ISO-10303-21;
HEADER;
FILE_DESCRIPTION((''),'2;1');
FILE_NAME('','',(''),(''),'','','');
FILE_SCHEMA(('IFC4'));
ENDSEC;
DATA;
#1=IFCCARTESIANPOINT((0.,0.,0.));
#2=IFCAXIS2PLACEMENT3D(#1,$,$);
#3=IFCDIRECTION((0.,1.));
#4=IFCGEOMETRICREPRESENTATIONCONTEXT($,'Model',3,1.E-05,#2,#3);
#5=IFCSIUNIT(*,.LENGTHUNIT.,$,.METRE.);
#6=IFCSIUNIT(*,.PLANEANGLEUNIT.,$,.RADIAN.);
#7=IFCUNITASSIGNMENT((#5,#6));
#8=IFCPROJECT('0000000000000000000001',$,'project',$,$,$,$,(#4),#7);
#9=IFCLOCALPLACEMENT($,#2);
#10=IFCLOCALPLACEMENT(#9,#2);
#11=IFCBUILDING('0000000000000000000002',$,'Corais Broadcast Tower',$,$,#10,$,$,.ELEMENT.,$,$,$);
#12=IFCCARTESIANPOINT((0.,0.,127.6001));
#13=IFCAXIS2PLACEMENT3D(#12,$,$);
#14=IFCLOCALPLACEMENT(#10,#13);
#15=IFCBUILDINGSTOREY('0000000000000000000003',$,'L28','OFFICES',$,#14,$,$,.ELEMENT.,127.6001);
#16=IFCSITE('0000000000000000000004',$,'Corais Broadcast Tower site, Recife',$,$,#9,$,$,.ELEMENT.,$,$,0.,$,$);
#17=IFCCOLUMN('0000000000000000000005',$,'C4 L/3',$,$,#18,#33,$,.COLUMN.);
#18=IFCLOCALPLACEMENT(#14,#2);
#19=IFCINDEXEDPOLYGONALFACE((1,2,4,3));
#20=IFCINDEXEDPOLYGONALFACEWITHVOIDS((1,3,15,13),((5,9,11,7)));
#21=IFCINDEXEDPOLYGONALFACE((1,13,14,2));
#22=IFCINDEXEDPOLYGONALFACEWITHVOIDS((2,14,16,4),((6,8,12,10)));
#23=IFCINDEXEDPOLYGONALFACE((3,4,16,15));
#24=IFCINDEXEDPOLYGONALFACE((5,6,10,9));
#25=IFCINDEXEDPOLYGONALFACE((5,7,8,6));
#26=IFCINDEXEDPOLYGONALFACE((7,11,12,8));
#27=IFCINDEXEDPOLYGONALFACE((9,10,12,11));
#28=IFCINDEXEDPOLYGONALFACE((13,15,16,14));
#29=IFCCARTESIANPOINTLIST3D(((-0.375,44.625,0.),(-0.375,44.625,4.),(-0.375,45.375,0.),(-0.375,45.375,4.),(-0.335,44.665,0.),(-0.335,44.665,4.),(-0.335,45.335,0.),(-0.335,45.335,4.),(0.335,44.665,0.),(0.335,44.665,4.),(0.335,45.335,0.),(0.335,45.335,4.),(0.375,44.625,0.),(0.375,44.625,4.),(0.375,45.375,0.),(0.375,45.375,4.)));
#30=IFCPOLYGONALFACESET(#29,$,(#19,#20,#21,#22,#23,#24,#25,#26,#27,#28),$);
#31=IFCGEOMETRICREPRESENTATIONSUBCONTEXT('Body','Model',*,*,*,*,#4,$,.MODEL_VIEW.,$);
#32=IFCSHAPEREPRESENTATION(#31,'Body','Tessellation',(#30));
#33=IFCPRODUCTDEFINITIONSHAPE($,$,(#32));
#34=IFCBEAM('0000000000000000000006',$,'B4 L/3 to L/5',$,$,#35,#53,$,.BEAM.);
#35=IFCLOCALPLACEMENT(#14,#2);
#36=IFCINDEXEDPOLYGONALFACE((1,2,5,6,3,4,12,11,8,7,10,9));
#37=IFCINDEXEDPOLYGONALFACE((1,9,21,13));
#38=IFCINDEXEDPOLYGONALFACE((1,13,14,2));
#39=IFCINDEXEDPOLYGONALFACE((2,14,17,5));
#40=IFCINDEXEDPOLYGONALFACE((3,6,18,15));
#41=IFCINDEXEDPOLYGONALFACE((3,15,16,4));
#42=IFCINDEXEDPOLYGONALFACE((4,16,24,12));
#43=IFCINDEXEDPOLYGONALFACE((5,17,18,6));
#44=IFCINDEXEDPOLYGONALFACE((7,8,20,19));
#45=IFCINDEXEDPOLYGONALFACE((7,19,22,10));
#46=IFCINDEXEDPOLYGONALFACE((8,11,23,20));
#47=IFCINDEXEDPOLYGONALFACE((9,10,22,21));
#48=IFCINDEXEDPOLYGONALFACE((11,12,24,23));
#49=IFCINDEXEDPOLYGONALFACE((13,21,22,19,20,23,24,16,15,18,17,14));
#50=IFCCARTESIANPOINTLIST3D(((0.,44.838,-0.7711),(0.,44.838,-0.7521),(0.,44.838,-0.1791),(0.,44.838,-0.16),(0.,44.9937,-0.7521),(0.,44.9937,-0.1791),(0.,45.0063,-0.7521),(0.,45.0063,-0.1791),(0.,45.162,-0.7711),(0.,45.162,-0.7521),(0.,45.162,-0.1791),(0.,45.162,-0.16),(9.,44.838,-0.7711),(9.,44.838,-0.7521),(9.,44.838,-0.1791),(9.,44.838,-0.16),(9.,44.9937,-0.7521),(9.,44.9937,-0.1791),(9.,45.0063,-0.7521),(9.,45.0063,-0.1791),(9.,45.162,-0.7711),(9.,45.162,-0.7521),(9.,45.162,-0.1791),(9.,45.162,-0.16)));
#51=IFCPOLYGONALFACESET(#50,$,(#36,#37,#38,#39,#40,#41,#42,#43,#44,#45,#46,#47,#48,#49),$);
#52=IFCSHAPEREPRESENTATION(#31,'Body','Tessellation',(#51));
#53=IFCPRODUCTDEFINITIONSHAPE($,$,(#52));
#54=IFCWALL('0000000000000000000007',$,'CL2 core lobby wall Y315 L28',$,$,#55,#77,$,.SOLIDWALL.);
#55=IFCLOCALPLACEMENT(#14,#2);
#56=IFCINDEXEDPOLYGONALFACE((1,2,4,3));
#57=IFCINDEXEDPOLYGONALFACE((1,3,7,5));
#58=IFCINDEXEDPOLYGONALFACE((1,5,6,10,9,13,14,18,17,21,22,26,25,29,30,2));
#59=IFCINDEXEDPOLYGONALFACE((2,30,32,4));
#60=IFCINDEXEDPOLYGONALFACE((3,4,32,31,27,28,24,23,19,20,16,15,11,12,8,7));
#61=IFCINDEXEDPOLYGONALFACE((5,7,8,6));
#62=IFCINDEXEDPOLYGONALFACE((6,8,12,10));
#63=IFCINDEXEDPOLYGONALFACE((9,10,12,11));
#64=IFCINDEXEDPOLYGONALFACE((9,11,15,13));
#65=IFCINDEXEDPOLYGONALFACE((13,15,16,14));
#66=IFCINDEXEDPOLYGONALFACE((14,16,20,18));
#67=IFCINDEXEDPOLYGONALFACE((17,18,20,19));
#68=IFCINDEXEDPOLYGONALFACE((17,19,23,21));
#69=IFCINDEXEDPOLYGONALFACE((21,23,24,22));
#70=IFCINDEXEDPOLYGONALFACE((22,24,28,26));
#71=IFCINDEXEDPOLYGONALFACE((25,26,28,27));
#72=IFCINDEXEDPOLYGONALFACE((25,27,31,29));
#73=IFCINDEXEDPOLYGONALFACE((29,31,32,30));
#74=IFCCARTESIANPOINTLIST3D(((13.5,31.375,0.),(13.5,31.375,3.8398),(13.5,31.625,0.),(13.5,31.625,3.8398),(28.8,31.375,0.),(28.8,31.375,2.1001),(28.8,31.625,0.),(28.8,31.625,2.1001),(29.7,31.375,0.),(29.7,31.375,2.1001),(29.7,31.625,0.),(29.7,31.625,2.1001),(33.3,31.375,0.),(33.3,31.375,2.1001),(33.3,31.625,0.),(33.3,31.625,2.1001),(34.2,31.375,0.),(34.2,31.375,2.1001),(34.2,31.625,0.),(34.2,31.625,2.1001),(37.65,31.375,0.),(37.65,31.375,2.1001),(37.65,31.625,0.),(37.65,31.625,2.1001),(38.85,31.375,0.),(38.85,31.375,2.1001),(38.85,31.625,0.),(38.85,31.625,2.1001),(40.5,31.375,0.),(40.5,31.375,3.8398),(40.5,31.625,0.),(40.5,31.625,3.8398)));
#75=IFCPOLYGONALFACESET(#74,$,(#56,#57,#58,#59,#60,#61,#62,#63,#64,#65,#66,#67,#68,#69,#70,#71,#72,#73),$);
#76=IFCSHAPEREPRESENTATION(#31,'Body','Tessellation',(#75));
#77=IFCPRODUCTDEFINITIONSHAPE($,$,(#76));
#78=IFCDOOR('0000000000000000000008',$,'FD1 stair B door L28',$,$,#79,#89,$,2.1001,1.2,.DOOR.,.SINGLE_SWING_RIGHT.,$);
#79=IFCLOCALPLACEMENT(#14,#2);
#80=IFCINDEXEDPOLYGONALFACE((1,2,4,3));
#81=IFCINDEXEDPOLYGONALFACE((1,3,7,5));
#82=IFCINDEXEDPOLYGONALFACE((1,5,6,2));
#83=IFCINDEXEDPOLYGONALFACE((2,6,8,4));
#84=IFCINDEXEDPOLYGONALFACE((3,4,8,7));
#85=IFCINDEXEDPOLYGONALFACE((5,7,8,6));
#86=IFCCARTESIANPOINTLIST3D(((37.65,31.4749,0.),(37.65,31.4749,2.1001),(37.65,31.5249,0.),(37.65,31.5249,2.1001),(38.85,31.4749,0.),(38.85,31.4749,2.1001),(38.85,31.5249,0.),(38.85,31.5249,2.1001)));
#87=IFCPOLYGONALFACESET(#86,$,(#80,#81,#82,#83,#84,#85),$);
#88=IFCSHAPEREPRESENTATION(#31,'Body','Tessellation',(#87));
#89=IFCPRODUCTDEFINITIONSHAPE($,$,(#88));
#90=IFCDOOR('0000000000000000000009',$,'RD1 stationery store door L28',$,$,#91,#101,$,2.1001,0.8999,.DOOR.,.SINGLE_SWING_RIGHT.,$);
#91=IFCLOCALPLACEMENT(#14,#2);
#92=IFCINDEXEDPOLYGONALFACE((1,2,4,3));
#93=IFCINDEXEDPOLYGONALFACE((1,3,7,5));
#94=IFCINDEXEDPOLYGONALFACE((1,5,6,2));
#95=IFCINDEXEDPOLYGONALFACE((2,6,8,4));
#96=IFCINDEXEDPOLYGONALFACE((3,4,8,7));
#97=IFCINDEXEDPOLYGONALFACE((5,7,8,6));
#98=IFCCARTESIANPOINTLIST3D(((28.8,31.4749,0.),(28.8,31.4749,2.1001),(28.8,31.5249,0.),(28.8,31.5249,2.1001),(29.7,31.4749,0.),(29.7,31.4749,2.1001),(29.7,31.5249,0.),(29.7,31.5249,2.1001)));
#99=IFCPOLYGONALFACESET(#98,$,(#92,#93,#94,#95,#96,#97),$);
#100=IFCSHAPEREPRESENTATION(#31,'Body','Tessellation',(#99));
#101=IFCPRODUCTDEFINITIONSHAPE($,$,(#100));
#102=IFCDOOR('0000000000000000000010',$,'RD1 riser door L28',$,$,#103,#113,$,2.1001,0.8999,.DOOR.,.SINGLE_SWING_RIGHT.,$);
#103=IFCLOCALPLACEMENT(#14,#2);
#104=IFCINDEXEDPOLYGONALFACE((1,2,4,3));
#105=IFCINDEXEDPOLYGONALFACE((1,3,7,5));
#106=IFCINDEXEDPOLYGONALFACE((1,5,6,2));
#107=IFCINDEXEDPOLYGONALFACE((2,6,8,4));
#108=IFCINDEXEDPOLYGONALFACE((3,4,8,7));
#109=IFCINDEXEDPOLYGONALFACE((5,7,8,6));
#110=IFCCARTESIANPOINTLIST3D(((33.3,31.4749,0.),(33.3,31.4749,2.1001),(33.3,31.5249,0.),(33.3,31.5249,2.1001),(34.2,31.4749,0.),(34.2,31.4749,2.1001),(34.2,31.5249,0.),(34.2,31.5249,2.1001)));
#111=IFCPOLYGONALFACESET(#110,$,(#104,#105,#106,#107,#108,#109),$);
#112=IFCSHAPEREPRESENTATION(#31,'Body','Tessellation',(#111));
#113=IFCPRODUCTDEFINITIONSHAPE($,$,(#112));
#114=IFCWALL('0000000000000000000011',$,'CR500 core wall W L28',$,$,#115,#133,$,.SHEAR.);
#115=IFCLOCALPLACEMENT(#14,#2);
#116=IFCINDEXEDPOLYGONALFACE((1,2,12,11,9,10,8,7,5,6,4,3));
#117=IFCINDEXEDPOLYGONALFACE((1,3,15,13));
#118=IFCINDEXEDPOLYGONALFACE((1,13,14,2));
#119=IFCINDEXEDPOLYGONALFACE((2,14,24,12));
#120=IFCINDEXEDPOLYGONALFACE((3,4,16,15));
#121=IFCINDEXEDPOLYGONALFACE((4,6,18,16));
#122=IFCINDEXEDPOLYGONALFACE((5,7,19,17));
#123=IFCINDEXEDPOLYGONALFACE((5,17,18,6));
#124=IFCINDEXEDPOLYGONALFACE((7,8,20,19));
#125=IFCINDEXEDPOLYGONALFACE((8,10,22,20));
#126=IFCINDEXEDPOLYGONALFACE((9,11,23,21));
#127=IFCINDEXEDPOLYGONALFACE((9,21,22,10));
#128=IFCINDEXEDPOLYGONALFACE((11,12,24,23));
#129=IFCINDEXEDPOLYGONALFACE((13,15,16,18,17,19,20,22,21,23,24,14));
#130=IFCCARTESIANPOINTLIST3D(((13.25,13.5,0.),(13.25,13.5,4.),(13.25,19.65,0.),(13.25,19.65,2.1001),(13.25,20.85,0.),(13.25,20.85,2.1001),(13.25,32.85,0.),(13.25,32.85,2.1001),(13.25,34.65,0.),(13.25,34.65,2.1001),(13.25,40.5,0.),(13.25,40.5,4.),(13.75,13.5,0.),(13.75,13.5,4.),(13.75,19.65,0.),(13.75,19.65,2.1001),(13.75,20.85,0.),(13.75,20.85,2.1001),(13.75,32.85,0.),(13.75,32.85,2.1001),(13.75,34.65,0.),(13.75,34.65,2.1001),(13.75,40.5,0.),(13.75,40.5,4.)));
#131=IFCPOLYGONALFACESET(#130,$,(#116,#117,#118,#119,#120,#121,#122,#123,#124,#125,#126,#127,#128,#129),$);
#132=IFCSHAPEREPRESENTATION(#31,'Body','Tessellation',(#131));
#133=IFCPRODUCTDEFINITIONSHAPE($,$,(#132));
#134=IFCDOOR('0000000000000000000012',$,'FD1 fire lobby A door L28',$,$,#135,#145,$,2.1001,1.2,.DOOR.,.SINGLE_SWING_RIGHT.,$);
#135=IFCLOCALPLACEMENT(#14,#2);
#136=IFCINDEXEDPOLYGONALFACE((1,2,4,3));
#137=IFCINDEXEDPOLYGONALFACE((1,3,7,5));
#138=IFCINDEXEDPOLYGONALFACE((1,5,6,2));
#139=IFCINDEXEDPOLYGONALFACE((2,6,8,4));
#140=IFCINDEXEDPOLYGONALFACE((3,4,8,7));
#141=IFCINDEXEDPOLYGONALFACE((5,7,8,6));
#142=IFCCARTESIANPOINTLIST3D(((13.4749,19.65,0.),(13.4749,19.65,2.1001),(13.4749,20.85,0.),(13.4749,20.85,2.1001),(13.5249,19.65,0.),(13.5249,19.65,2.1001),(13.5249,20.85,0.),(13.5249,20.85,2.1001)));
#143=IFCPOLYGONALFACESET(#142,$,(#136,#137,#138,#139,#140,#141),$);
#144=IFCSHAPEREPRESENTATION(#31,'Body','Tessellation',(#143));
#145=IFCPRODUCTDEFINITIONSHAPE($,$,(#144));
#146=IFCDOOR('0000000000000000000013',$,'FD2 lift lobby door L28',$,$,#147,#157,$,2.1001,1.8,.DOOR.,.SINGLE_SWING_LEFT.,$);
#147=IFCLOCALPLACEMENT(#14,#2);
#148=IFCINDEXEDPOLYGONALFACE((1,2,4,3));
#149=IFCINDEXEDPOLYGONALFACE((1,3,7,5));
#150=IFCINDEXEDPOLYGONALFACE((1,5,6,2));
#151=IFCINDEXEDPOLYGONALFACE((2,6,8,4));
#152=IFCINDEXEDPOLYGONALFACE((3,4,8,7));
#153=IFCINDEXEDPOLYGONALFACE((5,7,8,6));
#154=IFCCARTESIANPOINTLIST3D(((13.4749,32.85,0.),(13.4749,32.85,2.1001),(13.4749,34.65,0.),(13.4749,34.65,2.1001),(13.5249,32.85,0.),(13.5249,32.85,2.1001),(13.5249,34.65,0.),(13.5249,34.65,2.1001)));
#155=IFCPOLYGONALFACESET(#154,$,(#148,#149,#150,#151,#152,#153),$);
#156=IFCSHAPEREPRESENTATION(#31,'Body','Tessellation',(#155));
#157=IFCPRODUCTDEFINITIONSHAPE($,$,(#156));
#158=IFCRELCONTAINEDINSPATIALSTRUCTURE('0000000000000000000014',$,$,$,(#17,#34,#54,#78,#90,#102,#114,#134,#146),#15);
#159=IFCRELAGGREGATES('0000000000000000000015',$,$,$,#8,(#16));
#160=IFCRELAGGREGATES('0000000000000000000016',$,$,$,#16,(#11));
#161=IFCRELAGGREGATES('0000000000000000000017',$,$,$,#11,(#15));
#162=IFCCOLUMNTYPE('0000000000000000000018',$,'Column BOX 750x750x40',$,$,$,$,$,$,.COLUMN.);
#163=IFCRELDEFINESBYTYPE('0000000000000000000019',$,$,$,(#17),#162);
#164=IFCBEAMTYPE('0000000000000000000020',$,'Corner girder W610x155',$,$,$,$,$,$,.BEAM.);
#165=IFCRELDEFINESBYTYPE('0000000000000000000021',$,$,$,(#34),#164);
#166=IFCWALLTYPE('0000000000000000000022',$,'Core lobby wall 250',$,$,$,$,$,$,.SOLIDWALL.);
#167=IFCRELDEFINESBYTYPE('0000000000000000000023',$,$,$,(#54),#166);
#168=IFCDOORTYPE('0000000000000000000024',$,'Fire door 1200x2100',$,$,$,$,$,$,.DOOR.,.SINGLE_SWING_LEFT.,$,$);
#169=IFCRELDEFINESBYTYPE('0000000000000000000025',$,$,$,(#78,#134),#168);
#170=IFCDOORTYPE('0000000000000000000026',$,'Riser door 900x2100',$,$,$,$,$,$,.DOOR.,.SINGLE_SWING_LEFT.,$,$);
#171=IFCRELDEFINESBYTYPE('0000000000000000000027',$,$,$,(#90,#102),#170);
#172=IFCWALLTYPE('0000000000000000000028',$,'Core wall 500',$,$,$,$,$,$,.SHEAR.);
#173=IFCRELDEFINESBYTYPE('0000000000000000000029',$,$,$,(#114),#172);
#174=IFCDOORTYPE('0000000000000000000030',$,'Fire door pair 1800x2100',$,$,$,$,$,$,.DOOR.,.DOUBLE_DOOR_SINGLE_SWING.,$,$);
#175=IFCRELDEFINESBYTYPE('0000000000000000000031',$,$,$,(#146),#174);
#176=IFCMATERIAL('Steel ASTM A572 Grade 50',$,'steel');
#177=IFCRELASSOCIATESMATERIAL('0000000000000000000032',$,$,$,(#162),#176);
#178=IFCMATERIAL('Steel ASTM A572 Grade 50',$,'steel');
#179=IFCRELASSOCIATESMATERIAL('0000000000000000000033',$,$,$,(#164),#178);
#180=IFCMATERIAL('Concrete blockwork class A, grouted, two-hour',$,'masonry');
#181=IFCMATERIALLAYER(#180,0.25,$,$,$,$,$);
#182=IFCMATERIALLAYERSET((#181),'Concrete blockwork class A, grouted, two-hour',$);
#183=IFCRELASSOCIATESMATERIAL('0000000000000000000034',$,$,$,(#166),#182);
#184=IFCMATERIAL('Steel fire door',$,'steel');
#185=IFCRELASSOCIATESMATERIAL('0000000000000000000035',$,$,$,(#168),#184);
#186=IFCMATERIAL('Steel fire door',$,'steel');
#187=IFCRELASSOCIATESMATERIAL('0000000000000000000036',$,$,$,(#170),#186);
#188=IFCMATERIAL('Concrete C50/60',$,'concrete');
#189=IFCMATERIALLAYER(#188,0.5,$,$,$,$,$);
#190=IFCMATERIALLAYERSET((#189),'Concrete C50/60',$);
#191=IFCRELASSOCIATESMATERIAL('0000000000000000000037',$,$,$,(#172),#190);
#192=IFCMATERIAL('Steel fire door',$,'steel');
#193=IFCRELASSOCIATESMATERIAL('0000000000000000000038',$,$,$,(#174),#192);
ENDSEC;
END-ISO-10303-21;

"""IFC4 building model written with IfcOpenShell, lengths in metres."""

from ifc_helpers import new_model, si_unit, direction, frame, frame_2d, origin, origin_2d, place, context, subcontext, project, spatial, rectangle, hollow_rectangle, i_section, extrude, material, layer, layer_set, material_profile, profile_set, type_object, element, fill, save


model = new_model("IFC4")

# Units and contexts
model_context = context("Model", 3, precision=1e-05, world=origin(), true_north=direction((0.0, 1.0)))
body_context = subcontext(model_context, "Body", "Model", "MODEL_VIEW")
ifc_project = project(units=[si_unit("LENGTHUNIT", "METRE"), si_unit("PLANEANGLEUNIT", "RADIAN")], contexts=[model_context])

# Site, building, storey
site_placement = place(None, origin())
site = spatial("IfcSite", under=ifc_project, at=site_placement, Name="Corais Broadcast Tower site, Recife", CompositionType="ELEMENT", RefElevation=0.0)
building_placement = place(site_placement, origin())
building = spatial("IfcBuilding", under=site, at=building_placement, Name="Corais Broadcast Tower", CompositionType="ELEMENT")
storey_placement = place(building_placement, frame((0.0, 0.0, 127.6001)))
storey = spatial("IfcBuildingStorey", under=building, at=storey_placement, Name="L28", Description="OFFICES", CompositionType="ELEMENT", Elevation=127.6001)

# Column
ifc_material_1 = material(Name="Steel ASTM A572 Grade 50", Category="steel")
ifc_material_profile_1 = material_profile(ifc_material_1, hollow_rectangle(XDim=0.75, YDim=0.75, WallThickness=0.04, at=origin_2d()), Name="BOX 750x750x40")
ifc_profile_set_1 = profile_set([ifc_material_profile_1], Name="Steel ASTM A572 Grade 50")
column_type = type_object("IfcColumnType", Name="Column BOX 750x750x40", PredefinedType="COLUMN", material=ifc_profile_set_1)
column_placement = place(storey_placement, frame((0.0, 45.0, 0.0), z_axis=(0.0, 0.0, 1.0), x_axis=(1.0, 0.0, 0.0)))
element("IfcColumn", 1, at=column_placement, inside=storey, type_object=column_type, Name="C4 L/3", PredefinedType="COLUMN", context=body_context, shape_type="SweptSolid", body=[
    extrude(hollow_rectangle(XDim=0.75, YDim=0.75, WallThickness=0.04, at=origin_2d()), origin(), (0.0, 0.0, 1.0), 4.0),
])

# Beam
ifc_material_2 = material(Name="Steel ASTM A572 Grade 50", Category="steel")
ifc_material_profile_2 = material_profile(ifc_material_2, i_section(OverallWidth=0.324, OverallDepth=0.6111, WebThickness=0.0127, FlangeThickness=0.019, at=origin_2d()), Name="W610x155")
ifc_profile_set_2 = profile_set([ifc_material_profile_2], Name="Steel ASTM A572 Grade 50")
beam_type = type_object("IfcBeamType", Name="Corner girder W610x155", PredefinedType="BEAM", material=ifc_profile_set_2)
beam_placement = place(storey_placement, frame((0.0, 45.0, -0.4656), z_axis=(1.0, 0.0, 0.0), x_axis=(0.0, 1.0, 0.0)))
element("IfcBeam", 2, at=beam_placement, inside=storey, type_object=beam_type, Name="B4 L/3 to L/5", PredefinedType="BEAM", context=body_context, shape_type="SweptSolid", body=[
    extrude(i_section(OverallWidth=0.324, OverallDepth=0.6111, WebThickness=0.0127, FlangeThickness=0.019, at=origin_2d()), origin(), (0.0, 0.0, 1.0), 9.0),
])

# Walls, openings, doors
ifc_material_3 = material(Name="Concrete blockwork class A, grouted, two-hour", Category="masonry")
ifc_layer_1 = layer(ifc_material_3, 0.25)
ifc_layer_set_1 = layer_set([ifc_layer_1], Name="Concrete blockwork class A, grouted, two-hour")
wall_type_1 = type_object("IfcWallType", Name="Core lobby wall 250", PredefinedType="SOLIDWALL", material=ifc_layer_set_1)
wall_1_placement = place(storey_placement, frame((13.5, 31.5, 0.0), z_axis=(0.0, 0.0, 1.0), x_axis=(1.0, 0.0, 0.0)))
wall_1 = element("IfcWall", 3, at=wall_1_placement, inside=storey, type_object=wall_type_1, Name="CL2 core lobby wall Y315 L28", PredefinedType="SOLIDWALL", context=body_context, shape_type="SweptSolid", body=[
    extrude(rectangle(XDim=27.0, YDim=0.25, at=frame_2d((13.5, 0.0))), origin(), (0.0, 0.0, 1.0), 3.8398),
])
opening_1_placement = place(wall_1_placement, frame((24.1499, 0.0, 0.0)))
opening_1 = element("IfcOpeningElement", 4, at=opening_1_placement, cuts=wall_1, PredefinedType="OPENING", context=body_context, shape_type="SweptSolid", body=[
    extrude(rectangle(XDim=1.2, YDim=2.1001, at=frame_2d((0.6001, 1.05))), frame((0.0, 0.135, 0.0), z_axis=(0.0, -1.0, 0.0), x_axis=(1.0, 0.0, 0.0)), (0.0, 0.0, 1.0), 0.27),
])
opening_2_placement = place(wall_1_placement, frame((15.3, 0.0, 0.0)))
opening_2 = element("IfcOpeningElement", 5, at=opening_2_placement, cuts=wall_1, PredefinedType="OPENING", context=body_context, shape_type="SweptSolid", body=[
    extrude(rectangle(XDim=0.8999, YDim=2.1001, at=frame_2d((0.45, 1.05))), frame((0.0, 0.135, 0.0), z_axis=(0.0, -1.0, 0.0), x_axis=(1.0, 0.0, 0.0)), (0.0, 0.0, 1.0), 0.27),
])
opening_3_placement = place(wall_1_placement, frame((19.8, 0.0, 0.0)))
opening_3 = element("IfcOpeningElement", 6, at=opening_3_placement, cuts=wall_1, PredefinedType="OPENING", context=body_context, shape_type="SweptSolid", body=[
    extrude(rectangle(XDim=0.8999, YDim=2.1001, at=frame_2d((0.45, 1.05))), frame((0.0, 0.135, 0.0), z_axis=(0.0, -1.0, 0.0), x_axis=(1.0, 0.0, 0.0)), (0.0, 0.0, 1.0), 0.27),
])
ifc_material_4 = material(Name="Steel fire door", Category="steel")
door_type_1 = type_object("IfcDoorType", Name="Fire door 1200x2100", OperationType="SINGLE_SWING_LEFT", PredefinedType="DOOR", material=ifc_material_4)
door_1_placement = place(opening_1_placement, origin())
door_1 = element("IfcDoor", 7, at=door_1_placement, inside=storey, type_object=door_type_1, Name="FD1 stair B door L28", OperationType="SINGLE_SWING_RIGHT", OverallHeight=2.1001, OverallWidth=1.2, PredefinedType="DOOR", context=body_context, shape_type="SweptSolid", body=[
    extrude(rectangle(XDim=1.2, YDim=2.1001, at=frame_2d((0.6001, 1.05))), frame((0.0, 0.0249, 0.0), z_axis=(0.0, -1.0, 0.0), x_axis=(1.0, 0.0, 0.0)), (0.0, 0.0, 1.0), 0.05),
])
fill(opening_1, door_1)
ifc_material_5 = material(Name="Steel fire door", Category="steel")
door_type_2 = type_object("IfcDoorType", Name="Riser door 900x2100", OperationType="SINGLE_SWING_LEFT", PredefinedType="DOOR", material=ifc_material_5)
door_2_placement = place(opening_2_placement, origin())
door_2 = element("IfcDoor", 8, at=door_2_placement, inside=storey, type_object=door_type_2, Name="RD1 stationery store door L28", OperationType="SINGLE_SWING_RIGHT", OverallHeight=2.1001, OverallWidth=0.8999, PredefinedType="DOOR", context=body_context, shape_type="SweptSolid", body=[
    extrude(rectangle(XDim=0.8999, YDim=2.1001, at=frame_2d((0.45, 1.05))), frame((0.0, 0.0249, 0.0), z_axis=(0.0, -1.0, 0.0), x_axis=(1.0, 0.0, 0.0)), (0.0, 0.0, 1.0), 0.05),
])
fill(opening_2, door_2)
door_3_placement = place(opening_3_placement, origin())
door_3 = element("IfcDoor", 9, at=door_3_placement, inside=storey, type_object=door_type_2, Name="RD1 riser door L28", OperationType="SINGLE_SWING_RIGHT", OverallHeight=2.1001, OverallWidth=0.8999, PredefinedType="DOOR", context=body_context, shape_type="SweptSolid", body=[
    extrude(rectangle(XDim=0.8999, YDim=2.1001, at=frame_2d((0.45, 1.05))), frame((0.0, 0.0249, 0.0), z_axis=(0.0, -1.0, 0.0), x_axis=(1.0, 0.0, 0.0)), (0.0, 0.0, 1.0), 0.05),
])
fill(opening_3, door_3)
ifc_material_6 = material(Name="Concrete C50/60", Category="concrete")
ifc_layer_2 = layer(ifc_material_6, 0.5)
ifc_layer_set_2 = layer_set([ifc_layer_2], Name="Concrete C50/60")
wall_type_2 = type_object("IfcWallType", Name="Core wall 500", PredefinedType="SHEAR", material=ifc_layer_set_2)
wall_2_placement = place(storey_placement, frame((13.5, 40.5, 0.0), z_axis=(0.0, 0.0, 1.0), x_axis=(0.0, -1.0, 0.0)))
wall_2 = element("IfcWall", 10, at=wall_2_placement, inside=storey, type_object=wall_type_2, Name="CR500 core wall W L28", PredefinedType="SHEAR", context=body_context, shape_type="SweptSolid", body=[
    extrude(rectangle(XDim=27.0, YDim=0.5, at=frame_2d((13.5, 0.0))), origin(), (0.0, 0.0, 1.0), 4.0),
])
opening_4_placement = place(wall_2_placement, frame((19.6499, 0.0, 0.0)))
opening_4 = element("IfcOpeningElement", 11, at=opening_4_placement, cuts=wall_2, PredefinedType="OPENING", context=body_context, shape_type="SweptSolid", body=[
    extrude(rectangle(XDim=1.2, YDim=2.1001, at=frame_2d((0.6001, 1.05))), frame((0.0, 0.26, 0.0), z_axis=(0.0, -1.0, 0.0), x_axis=(1.0, 0.0, 0.0)), (0.0, 0.0, 1.0), 0.52),
])
opening_5_placement = place(wall_2_placement, frame((5.8501, 0.0, 0.0)))
opening_5 = element("IfcOpeningElement", 12, at=opening_5_placement, cuts=wall_2, PredefinedType="OPENING", context=body_context, shape_type="SweptSolid", body=[
    extrude(rectangle(XDim=1.8, YDim=2.1001, at=frame_2d((0.8999, 1.05))), frame((0.0, 0.26, 0.0), z_axis=(0.0, -1.0, 0.0), x_axis=(1.0, 0.0, 0.0)), (0.0, 0.0, 1.0), 0.52),
])
door_4_placement = place(opening_4_placement, origin())
door_4 = element("IfcDoor", 13, at=door_4_placement, inside=storey, type_object=door_type_1, Name="FD1 fire lobby A door L28", OperationType="SINGLE_SWING_RIGHT", OverallHeight=2.1001, OverallWidth=1.2, PredefinedType="DOOR", context=body_context, shape_type="SweptSolid", body=[
    extrude(rectangle(XDim=1.2, YDim=2.1001, at=frame_2d((0.6001, 1.05))), frame((0.0, 0.0249, 0.0), z_axis=(0.0, -1.0, 0.0), x_axis=(1.0, 0.0, 0.0)), (0.0, 0.0, 1.0), 0.05),
])
fill(opening_4, door_4)
ifc_material_7 = material(Name="Steel fire door", Category="steel")
door_type_3 = type_object("IfcDoorType", Name="Fire door pair 1800x2100", OperationType="DOUBLE_DOOR_SINGLE_SWING", PredefinedType="DOOR", material=ifc_material_7)
door_5_placement = place(opening_5_placement, origin())
door_5 = element("IfcDoor", 14, at=door_5_placement, inside=storey, type_object=door_type_3, Name="FD2 lift lobby door L28", OperationType="SINGLE_SWING_LEFT", OverallHeight=2.1001, OverallWidth=1.8, PredefinedType="DOOR", context=body_context, shape_type="SweptSolid", body=[
    extrude(rectangle(XDim=1.8, YDim=2.1001, at=frame_2d((0.8999, 1.05))), frame((0.0, 0.0249, 0.0), z_axis=(0.0, -1.0, 0.0), x_axis=(1.0, 0.0, 0.0)), (0.0, 0.0, 1.0), 0.05),
])
fill(opening_5, door_5)

save(model, "model.ifc")
